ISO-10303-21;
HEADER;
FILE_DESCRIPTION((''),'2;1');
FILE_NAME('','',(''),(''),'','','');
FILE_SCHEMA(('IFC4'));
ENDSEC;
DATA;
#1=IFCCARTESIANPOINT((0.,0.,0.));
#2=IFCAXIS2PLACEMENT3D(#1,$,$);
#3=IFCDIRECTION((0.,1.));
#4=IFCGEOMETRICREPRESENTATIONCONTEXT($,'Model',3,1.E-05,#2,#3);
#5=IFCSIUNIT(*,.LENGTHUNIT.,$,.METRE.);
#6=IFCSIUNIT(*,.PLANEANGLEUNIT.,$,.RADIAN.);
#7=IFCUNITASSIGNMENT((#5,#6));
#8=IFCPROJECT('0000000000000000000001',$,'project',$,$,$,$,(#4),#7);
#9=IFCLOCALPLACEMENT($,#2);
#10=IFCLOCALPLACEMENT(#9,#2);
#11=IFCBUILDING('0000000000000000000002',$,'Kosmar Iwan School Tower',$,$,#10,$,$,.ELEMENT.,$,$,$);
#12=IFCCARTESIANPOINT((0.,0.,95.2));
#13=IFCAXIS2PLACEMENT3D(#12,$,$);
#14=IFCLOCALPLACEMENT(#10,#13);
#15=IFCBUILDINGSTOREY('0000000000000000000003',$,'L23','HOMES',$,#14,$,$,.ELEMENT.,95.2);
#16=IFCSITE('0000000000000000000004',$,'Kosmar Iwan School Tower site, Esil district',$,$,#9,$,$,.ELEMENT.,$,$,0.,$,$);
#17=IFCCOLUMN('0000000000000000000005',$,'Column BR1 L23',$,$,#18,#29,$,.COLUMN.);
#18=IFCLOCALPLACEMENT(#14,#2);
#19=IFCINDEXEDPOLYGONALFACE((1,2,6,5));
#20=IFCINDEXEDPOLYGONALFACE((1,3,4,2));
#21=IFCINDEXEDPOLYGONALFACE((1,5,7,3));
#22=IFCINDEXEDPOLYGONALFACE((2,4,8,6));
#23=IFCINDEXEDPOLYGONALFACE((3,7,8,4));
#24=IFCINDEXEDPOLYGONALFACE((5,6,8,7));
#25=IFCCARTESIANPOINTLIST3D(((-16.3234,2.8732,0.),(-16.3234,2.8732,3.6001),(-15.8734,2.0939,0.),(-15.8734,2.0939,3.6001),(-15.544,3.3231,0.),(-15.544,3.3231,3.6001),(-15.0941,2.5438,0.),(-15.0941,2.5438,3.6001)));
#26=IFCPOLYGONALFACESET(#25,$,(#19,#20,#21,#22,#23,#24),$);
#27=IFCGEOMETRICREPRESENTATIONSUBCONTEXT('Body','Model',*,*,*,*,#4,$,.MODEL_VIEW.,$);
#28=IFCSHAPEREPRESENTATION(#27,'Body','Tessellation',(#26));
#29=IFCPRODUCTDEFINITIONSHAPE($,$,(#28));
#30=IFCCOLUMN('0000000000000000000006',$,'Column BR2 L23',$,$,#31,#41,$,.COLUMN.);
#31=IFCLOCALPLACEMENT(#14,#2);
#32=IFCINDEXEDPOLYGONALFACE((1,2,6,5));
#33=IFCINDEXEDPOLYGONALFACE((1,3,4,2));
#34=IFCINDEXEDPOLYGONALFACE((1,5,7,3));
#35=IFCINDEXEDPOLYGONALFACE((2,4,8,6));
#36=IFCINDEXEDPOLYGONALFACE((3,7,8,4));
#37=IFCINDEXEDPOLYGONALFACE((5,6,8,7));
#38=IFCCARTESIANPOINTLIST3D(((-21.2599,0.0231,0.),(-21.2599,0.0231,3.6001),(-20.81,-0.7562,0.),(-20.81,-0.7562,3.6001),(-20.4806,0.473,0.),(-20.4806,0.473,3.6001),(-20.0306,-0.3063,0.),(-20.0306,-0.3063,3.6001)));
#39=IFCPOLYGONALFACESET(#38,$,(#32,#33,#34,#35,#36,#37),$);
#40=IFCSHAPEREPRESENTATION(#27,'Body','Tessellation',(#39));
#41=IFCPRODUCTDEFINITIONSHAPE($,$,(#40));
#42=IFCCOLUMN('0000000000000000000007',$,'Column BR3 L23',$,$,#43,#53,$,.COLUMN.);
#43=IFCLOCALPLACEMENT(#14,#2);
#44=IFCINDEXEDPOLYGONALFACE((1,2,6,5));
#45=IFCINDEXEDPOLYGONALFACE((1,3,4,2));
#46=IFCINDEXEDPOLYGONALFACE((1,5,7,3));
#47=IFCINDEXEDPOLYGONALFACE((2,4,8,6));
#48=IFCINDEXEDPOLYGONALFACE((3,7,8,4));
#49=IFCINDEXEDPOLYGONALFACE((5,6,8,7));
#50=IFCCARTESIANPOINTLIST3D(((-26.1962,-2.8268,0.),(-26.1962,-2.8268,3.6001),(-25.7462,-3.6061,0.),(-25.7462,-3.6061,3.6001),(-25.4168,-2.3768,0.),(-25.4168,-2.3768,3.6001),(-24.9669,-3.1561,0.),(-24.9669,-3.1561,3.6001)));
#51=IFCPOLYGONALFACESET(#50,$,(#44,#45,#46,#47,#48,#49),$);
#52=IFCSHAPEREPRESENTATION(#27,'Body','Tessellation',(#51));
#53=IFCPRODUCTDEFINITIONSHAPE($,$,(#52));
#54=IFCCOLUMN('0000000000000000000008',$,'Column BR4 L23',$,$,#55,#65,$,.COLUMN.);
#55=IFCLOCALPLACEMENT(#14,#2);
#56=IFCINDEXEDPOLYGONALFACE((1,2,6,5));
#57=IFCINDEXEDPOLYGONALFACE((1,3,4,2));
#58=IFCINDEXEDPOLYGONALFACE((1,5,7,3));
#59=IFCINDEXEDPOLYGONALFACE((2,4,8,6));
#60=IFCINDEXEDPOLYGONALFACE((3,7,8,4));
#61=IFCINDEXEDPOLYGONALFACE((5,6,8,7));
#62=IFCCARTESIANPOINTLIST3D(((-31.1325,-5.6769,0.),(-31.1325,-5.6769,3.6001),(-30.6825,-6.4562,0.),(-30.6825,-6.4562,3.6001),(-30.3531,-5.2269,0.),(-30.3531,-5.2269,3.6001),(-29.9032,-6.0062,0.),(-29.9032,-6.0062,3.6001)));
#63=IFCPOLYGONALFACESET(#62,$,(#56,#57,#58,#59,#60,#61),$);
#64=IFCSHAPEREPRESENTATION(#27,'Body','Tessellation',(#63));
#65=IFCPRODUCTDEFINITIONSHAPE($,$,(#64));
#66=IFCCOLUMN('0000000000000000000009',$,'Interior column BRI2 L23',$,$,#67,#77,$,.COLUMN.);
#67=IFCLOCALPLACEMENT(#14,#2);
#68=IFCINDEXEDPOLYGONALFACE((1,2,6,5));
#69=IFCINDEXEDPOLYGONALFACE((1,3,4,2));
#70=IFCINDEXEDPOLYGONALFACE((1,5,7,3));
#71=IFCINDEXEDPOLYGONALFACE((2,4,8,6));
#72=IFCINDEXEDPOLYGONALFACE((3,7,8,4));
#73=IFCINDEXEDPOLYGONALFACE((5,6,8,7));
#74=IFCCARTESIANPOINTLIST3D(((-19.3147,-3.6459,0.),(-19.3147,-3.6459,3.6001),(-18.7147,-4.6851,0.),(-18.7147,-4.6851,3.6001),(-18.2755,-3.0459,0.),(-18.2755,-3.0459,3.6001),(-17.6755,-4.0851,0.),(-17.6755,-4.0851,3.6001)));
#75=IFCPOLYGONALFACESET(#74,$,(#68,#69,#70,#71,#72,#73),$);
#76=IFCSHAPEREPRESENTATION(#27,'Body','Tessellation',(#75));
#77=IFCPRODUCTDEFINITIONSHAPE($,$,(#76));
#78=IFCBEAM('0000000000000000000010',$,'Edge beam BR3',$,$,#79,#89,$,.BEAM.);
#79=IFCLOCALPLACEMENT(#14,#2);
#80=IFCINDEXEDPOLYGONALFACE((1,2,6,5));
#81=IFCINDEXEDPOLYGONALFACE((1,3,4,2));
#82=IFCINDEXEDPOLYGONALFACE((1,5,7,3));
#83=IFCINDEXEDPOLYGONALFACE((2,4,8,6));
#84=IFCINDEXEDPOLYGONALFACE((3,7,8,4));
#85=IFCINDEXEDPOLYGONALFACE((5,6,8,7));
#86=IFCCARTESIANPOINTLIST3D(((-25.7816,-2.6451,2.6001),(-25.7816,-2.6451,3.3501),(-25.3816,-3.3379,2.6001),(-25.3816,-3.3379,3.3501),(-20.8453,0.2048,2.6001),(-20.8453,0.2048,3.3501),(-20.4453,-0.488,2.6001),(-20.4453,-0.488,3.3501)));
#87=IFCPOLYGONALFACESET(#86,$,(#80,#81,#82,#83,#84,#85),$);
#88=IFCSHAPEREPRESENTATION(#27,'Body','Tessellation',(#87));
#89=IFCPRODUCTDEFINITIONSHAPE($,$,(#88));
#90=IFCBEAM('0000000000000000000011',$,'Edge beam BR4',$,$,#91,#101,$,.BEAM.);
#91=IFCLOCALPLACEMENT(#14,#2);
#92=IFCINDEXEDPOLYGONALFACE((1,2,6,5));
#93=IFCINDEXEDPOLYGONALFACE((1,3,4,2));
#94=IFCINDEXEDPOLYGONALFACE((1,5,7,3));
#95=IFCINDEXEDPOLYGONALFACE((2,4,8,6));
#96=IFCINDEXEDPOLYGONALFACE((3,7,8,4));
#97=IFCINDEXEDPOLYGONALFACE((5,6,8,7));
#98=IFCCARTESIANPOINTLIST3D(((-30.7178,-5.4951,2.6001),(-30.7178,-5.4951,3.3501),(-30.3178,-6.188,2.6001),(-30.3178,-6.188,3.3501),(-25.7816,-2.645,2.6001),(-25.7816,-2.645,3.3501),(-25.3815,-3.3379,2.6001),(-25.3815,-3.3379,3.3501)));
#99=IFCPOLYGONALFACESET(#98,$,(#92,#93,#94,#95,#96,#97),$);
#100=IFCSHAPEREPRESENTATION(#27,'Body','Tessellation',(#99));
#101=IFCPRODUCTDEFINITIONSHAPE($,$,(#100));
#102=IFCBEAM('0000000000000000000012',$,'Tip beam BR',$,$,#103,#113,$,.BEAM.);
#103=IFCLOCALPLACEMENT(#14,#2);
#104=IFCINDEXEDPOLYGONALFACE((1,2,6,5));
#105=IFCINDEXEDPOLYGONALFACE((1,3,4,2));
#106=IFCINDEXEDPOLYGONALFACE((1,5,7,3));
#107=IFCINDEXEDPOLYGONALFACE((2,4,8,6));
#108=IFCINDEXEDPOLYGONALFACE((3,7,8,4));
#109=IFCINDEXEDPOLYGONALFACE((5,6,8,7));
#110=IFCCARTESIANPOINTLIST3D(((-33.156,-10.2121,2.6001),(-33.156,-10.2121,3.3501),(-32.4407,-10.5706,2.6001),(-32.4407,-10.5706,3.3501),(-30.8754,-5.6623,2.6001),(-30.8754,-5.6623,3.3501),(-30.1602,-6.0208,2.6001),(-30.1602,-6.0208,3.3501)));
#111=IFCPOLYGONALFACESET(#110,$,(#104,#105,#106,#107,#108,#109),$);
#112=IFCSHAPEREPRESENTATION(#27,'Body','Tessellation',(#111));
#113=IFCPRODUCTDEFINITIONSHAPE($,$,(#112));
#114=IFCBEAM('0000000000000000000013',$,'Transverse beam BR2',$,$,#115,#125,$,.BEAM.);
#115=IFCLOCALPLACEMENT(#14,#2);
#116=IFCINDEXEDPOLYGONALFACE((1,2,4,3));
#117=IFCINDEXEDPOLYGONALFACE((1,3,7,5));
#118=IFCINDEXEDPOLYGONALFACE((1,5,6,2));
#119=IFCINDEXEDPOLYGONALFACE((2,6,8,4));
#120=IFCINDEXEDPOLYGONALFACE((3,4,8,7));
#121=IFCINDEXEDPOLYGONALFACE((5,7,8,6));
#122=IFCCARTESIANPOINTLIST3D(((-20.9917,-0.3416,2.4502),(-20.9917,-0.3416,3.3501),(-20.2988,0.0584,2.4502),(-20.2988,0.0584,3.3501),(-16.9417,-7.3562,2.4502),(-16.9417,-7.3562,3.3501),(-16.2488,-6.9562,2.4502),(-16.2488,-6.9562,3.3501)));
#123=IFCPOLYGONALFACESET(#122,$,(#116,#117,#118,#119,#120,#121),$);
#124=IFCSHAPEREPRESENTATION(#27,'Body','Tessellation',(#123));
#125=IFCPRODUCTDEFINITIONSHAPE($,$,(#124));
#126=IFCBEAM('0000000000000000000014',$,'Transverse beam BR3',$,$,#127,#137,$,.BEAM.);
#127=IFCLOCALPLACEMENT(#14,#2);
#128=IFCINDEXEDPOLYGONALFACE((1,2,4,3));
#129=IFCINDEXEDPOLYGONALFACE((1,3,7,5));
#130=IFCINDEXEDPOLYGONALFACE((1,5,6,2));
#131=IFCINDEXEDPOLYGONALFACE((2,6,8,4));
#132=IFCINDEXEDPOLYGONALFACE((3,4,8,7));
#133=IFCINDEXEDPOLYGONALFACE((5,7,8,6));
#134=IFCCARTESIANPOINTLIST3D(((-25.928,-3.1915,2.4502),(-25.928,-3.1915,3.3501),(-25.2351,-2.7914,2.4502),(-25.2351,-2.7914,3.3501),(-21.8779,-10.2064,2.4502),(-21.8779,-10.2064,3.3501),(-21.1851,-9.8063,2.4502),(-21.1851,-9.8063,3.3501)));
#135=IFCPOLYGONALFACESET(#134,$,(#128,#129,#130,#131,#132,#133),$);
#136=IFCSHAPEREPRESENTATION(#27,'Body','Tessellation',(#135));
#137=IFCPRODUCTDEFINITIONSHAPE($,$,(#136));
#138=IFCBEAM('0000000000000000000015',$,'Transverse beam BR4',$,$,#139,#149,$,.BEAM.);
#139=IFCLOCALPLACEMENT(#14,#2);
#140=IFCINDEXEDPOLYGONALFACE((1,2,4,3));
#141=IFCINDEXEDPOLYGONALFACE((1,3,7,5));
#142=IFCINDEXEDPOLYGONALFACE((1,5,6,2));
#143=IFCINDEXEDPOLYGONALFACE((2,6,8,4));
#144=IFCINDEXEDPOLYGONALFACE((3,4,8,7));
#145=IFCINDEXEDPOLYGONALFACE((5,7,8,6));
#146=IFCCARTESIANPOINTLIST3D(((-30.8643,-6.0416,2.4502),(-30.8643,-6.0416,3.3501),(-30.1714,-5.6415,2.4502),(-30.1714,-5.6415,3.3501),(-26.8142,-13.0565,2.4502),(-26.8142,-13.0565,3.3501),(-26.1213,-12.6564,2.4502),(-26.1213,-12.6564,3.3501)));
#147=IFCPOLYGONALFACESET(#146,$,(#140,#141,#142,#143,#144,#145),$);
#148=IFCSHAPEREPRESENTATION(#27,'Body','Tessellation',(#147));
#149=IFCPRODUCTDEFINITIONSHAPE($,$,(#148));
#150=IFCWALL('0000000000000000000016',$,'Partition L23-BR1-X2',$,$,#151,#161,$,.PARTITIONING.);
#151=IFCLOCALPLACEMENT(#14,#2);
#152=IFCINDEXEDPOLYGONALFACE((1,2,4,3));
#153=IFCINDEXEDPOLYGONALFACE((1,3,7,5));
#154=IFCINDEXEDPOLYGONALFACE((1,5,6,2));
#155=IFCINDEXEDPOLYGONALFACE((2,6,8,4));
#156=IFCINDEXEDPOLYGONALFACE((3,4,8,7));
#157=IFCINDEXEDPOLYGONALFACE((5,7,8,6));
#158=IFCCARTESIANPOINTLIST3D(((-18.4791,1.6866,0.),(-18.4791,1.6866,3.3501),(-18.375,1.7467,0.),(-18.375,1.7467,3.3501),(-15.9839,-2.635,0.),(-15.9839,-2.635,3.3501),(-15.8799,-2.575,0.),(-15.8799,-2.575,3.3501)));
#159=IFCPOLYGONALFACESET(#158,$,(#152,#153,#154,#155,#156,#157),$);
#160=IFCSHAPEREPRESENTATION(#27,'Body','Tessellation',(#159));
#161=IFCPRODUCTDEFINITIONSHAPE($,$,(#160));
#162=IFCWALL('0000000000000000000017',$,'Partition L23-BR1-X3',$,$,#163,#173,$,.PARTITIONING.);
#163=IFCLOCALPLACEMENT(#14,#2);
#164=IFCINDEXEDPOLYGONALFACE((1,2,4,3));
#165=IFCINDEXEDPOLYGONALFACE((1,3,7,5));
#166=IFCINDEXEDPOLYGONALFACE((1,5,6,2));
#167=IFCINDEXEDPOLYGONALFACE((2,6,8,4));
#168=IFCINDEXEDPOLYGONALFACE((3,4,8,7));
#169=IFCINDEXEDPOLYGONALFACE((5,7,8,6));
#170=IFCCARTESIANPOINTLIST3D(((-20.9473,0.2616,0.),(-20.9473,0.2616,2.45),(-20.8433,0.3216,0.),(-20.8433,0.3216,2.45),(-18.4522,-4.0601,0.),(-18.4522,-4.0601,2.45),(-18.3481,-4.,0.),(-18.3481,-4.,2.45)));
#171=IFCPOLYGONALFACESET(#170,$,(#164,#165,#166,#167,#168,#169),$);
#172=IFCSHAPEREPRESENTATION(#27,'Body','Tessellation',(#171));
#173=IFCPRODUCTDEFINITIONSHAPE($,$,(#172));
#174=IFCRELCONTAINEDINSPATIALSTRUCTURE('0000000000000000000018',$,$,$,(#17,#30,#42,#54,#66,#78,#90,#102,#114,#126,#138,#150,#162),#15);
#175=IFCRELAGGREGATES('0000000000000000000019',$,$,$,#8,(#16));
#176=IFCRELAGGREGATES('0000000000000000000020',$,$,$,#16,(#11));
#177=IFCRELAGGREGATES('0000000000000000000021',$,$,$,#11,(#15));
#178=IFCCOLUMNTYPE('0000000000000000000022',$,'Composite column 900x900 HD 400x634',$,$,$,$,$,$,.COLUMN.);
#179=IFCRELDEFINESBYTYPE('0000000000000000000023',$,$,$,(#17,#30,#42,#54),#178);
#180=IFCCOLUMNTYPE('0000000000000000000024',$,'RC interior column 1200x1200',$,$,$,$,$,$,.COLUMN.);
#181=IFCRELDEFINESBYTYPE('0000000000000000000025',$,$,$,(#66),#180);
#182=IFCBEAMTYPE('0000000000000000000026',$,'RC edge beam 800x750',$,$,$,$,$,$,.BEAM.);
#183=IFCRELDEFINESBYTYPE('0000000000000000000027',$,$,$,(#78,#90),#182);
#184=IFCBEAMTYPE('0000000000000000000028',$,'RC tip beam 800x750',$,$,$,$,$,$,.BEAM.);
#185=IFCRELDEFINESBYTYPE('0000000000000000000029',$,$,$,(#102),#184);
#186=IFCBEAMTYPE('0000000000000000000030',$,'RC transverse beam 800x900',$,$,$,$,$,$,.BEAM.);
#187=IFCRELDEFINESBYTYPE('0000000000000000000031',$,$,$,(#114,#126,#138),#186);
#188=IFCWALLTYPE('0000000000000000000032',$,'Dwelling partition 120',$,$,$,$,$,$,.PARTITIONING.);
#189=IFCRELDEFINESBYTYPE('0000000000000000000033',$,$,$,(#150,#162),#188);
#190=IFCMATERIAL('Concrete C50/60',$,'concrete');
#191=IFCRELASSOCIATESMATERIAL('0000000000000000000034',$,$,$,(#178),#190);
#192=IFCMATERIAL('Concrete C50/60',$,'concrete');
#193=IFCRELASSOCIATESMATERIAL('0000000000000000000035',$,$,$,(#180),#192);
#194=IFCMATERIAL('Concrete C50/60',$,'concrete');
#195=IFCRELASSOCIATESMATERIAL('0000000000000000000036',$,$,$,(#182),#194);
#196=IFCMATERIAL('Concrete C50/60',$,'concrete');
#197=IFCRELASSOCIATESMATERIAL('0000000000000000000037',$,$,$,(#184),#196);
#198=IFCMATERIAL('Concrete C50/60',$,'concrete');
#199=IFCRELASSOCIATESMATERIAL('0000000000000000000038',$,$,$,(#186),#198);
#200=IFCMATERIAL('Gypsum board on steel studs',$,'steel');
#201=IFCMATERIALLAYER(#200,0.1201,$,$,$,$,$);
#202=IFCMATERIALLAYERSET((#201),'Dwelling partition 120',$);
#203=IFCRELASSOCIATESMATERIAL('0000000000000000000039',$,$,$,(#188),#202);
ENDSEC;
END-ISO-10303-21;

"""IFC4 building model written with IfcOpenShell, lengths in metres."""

from ifc_helpers import new_model, si_unit, direction, frame, frame_2d, origin, origin_2d, place, context, subcontext, project, spatial, rectangle, extrude, material, layer, layer_set, material_profile, profile_set, type_object, element, save


model = new_model("IFC4")

# Units and contexts
model_context = context("Model", 3, precision=1e-05, world=origin(), true_north=direction((0.0, 1.0)))
body_context = subcontext(model_context, "Body", "Model", "MODEL_VIEW")
ifc_project = project(units=[si_unit("LENGTHUNIT", "METRE"), si_unit("PLANEANGLEUNIT", "RADIAN")], contexts=[model_context])

# Site, building, storey
site_placement = place(None, origin())
site = spatial("IfcSite", under=ifc_project, at=site_placement, Name="Kosmar Iwan School Tower site, Esil district", CompositionType="ELEMENT", RefElevation=0.0)
building_placement = place(site_placement, origin())
building = spatial("IfcBuilding", under=site, at=building_placement, Name="Kosmar Iwan School Tower", CompositionType="ELEMENT")
storey_placement = place(building_placement, frame((0.0, 0.0, 95.2)))
storey = spatial("IfcBuildingStorey", under=building, at=storey_placement, Name="L23", Description="HOMES", CompositionType="ELEMENT", Elevation=95.2)

# Columns
ifc_material_1 = material(Name="Concrete C50/60", Category="concrete")
ifc_material_profile_1 = material_profile(ifc_material_1, rectangle(XDim=0.8999, YDim=0.8999, at=origin_2d()), Name="RC 900x900 + HD 400x634")
ifc_profile_set_1 = profile_set([ifc_material_profile_1], Name="Concrete C50/60")
column_type_1 = type_object("IfcColumnType", Name="Composite column 900x900 HD 400x634", PredefinedType="COLUMN", material=ifc_profile_set_1)
for number, where, z_axis, x_axis, name in (
    (1, (-15.7087, 2.7085, 0.0), (0.0, 0.0, 1.0), (-0.866025, -0.5, 0.0), "Column BR1 L23"),
    (2, (-20.6453, -0.1416, 0.0), (0.0, 0.0, 1.0), (-0.866025, -0.5, 0.0), "Column BR2 L23"),
    (3, (-25.5815, -2.9915, 0.0), (0.0, 0.0, 1.0), (-0.866025, -0.5, 0.0), "Column BR3 L23"),
    (4, (-30.5178, -5.8416, 0.0), (0.0, 0.0, 1.0), (-0.866025, -0.5, 0.0), "Column BR4 L23"),
):
    element("IfcColumn", number, at=place(storey_placement, frame(where, z_axis=z_axis, x_axis=x_axis)), inside=storey, type_object=column_type_1, Name=name, PredefinedType="COLUMN", context=body_context, shape_type="SweptSolid", body=[
        extrude(rectangle(XDim=0.8999, YDim=0.8999, at=origin_2d()), origin(), (0.0, 0.0, 1.0), 3.6001),
    ])
ifc_material_2 = material(Name="Concrete C50/60", Category="concrete")
ifc_material_profile_2 = material_profile(ifc_material_2, rectangle(XDim=1.2, YDim=1.2, at=origin_2d()), Name="RC 1200x1200")
ifc_profile_set_2 = profile_set([ifc_material_profile_2], Name="Concrete C50/60")
column_type_2 = type_object("IfcColumnType", Name="RC interior column 1200x1200", PredefinedType="COLUMN", material=ifc_profile_set_2)
column_placement = place(storey_placement, frame((-18.4951, -3.8655, 0.0), z_axis=(0.0, 0.0, 1.0), x_axis=(-0.866025, -0.5, 0.0)))
element("IfcColumn", 5, at=column_placement, inside=storey, type_object=column_type_2, Name="Interior column BRI2 L23", PredefinedType="COLUMN", context=body_context, shape_type="SweptSolid", body=[
    extrude(rectangle(XDim=1.2, YDim=1.2, at=origin_2d()), origin(), (0.0, 0.0, 1.0), 3.6001),
])

# Beams
ifc_material_3 = material(Name="Concrete C50/60", Category="concrete")
ifc_material_profile_3 = material_profile(ifc_material_3, rectangle(XDim=0.8, YDim=0.75, at=origin_2d()), Name="RC 800x750")
ifc_profile_set_3 = profile_set([ifc_material_profile_3], Name="Concrete C50/60")
beam_type_1 = type_object("IfcBeamType", Name="RC edge beam 800x750", PredefinedType="BEAM", material=ifc_profile_set_3)
for number, where, z_axis, x_axis, name in (
    (6, (-20.6453, -0.1416, 2.9751), (-0.866034, -0.499986, 0.0), (0.499986, -0.866034, 0.0), "Edge beam BR3"),
    (7, (-25.5815, -2.9915, 2.9751), (-0.866015, -0.500018, 0.0), (0.500018, -0.866015, 0.0), "Edge beam BR4"),
):
    element("IfcBeam", number, at=place(storey_placement, frame(where, z_axis=z_axis, x_axis=x_axis)), inside=storey, type_object=beam_type_1, Name=name, PredefinedType="BEAM", context=body_context, shape_type="SweptSolid", body=[
        extrude(rectangle(XDim=0.8, YDim=0.75, at=origin_2d()), origin(), (0.0, 0.0, 1.0), 5.7),
    ])
ifc_material_4 = material(Name="Concrete C50/60", Category="concrete")
ifc_material_profile_4 = material_profile(ifc_material_4, rectangle(XDim=0.8, YDim=0.75, at=origin_2d()), Name="RC 800x750")
ifc_profile_set_4 = profile_set([ifc_material_profile_4], Name="Concrete C50/60")
beam_type_2 = type_object("IfcBeamType", Name="RC tip beam 800x750", PredefinedType="BEAM", material=ifc_profile_set_4)
beam_1_placement = place(storey_placement, frame((-30.5178, -5.8416, 2.9751), z_axis=(-0.448096, -0.893985, 0.0), x_axis=(0.893985, -0.448096, 0.0)))
element("IfcBeam", 8, at=beam_1_placement, inside=storey, type_object=beam_type_2, Name="Tip beam BR", PredefinedType="BEAM", context=body_context, shape_type="SweptSolid", body=[
    extrude(rectangle(XDim=0.8, YDim=0.75, at=origin_2d()), origin(), (0.0, 0.0, 1.0), 5.0894),
])
ifc_material_5 = material(Name="Concrete C50/60", Category="concrete")
ifc_material_profile_5 = material_profile(ifc_material_5, rectangle(XDim=0.8, YDim=0.8999, at=origin_2d()), Name="RC 800x900")
ifc_profile_set_5 = profile_set([ifc_material_profile_5], Name="Concrete C50/60")
beam_type_3 = type_object("IfcBeamType", Name="RC transverse beam 800x900", PredefinedType="BEAM", material=ifc_profile_set_5)
beam_2_placement = place(storey_placement, frame((-20.6453, -0.1416, 2.9001), z_axis=(0.500013, -0.866018, 0.0), x_axis=(0.866018, 0.500013, 0.0)))
element("IfcBeam", 9, at=beam_2_placement, inside=storey, type_object=beam_type_3, Name="Transverse beam BR2", PredefinedType="BEAM", context=body_context, shape_type="SweptSolid", body=[
    extrude(rectangle(XDim=0.8, YDim=0.8999, at=origin_2d()), origin(), (0.0, 0.0, 1.0), 8.0999),
])
for number, where, z_axis, x_axis, name in (
    (10, (-25.5815, -2.9915, 2.9001), (0.5, -0.866025, 0.0), (0.866025, 0.5, 0.0), "Transverse beam BR3"),
    (11, (-30.5178, -5.8416, 2.9001), (0.5, -0.866025, 0.0), (0.866025, 0.5, 0.0), "Transverse beam BR4"),
):
    element("IfcBeam", number, at=place(storey_placement, frame(where, z_axis=z_axis, x_axis=x_axis)), inside=storey, type_object=beam_type_3, Name=name, PredefinedType="BEAM", context=body_context, shape_type="SweptSolid", body=[
        extrude(rectangle(XDim=0.8, YDim=0.8999, at=origin_2d()), origin(), (0.0, 0.0, 1.0), 8.1001),
    ])

# Walls
ifc_material_6 = material(Name="Gypsum board on steel studs", Category="steel")
ifc_layer = layer(ifc_material_6, 0.1201)
ifc_layer_set = layer_set([ifc_layer], Name="Dwelling partition 120")
wall_type = type_object("IfcWallType", Name="Dwelling partition 120", PredefinedType="PARTITIONING", material=ifc_layer_set)
wall_1_placement = place(storey_placement, frame((-15.9319, -2.605, 0.0), z_axis=(0.0, 0.0, 1.0), x_axis=(-0.500012, 0.866019, 0.0)))
element("IfcWall", 12, at=wall_1_placement, inside=storey, type_object=wall_type, Name="Partition L23-BR1-X2", PredefinedType="PARTITIONING", context=body_context, shape_type="SweptSolid", body=[
    extrude(rectangle(XDim=4.9902, YDim=0.1201, at=frame_2d((2.4951, 0.0))), origin(), (0.0, 0.0, 1.0), 3.3501),
])
wall_2_placement = place(storey_placement, frame((-18.4001, -4.03, 0.0), z_axis=(0.0, 0.0, 1.0), x_axis=(-0.500012, 0.866019, 0.0)))
element("IfcWall", 13, at=wall_2_placement, inside=storey, type_object=wall_type, Name="Partition L23-BR1-X3", PredefinedType="PARTITIONING", context=body_context, shape_type="SweptSolid", body=[
    extrude(rectangle(XDim=4.9902, YDim=0.1201, at=frame_2d((2.4951, 0.0))), origin(), (0.0, 0.0, 1.0), 2.45),
])

save(model, "model.ifc")
